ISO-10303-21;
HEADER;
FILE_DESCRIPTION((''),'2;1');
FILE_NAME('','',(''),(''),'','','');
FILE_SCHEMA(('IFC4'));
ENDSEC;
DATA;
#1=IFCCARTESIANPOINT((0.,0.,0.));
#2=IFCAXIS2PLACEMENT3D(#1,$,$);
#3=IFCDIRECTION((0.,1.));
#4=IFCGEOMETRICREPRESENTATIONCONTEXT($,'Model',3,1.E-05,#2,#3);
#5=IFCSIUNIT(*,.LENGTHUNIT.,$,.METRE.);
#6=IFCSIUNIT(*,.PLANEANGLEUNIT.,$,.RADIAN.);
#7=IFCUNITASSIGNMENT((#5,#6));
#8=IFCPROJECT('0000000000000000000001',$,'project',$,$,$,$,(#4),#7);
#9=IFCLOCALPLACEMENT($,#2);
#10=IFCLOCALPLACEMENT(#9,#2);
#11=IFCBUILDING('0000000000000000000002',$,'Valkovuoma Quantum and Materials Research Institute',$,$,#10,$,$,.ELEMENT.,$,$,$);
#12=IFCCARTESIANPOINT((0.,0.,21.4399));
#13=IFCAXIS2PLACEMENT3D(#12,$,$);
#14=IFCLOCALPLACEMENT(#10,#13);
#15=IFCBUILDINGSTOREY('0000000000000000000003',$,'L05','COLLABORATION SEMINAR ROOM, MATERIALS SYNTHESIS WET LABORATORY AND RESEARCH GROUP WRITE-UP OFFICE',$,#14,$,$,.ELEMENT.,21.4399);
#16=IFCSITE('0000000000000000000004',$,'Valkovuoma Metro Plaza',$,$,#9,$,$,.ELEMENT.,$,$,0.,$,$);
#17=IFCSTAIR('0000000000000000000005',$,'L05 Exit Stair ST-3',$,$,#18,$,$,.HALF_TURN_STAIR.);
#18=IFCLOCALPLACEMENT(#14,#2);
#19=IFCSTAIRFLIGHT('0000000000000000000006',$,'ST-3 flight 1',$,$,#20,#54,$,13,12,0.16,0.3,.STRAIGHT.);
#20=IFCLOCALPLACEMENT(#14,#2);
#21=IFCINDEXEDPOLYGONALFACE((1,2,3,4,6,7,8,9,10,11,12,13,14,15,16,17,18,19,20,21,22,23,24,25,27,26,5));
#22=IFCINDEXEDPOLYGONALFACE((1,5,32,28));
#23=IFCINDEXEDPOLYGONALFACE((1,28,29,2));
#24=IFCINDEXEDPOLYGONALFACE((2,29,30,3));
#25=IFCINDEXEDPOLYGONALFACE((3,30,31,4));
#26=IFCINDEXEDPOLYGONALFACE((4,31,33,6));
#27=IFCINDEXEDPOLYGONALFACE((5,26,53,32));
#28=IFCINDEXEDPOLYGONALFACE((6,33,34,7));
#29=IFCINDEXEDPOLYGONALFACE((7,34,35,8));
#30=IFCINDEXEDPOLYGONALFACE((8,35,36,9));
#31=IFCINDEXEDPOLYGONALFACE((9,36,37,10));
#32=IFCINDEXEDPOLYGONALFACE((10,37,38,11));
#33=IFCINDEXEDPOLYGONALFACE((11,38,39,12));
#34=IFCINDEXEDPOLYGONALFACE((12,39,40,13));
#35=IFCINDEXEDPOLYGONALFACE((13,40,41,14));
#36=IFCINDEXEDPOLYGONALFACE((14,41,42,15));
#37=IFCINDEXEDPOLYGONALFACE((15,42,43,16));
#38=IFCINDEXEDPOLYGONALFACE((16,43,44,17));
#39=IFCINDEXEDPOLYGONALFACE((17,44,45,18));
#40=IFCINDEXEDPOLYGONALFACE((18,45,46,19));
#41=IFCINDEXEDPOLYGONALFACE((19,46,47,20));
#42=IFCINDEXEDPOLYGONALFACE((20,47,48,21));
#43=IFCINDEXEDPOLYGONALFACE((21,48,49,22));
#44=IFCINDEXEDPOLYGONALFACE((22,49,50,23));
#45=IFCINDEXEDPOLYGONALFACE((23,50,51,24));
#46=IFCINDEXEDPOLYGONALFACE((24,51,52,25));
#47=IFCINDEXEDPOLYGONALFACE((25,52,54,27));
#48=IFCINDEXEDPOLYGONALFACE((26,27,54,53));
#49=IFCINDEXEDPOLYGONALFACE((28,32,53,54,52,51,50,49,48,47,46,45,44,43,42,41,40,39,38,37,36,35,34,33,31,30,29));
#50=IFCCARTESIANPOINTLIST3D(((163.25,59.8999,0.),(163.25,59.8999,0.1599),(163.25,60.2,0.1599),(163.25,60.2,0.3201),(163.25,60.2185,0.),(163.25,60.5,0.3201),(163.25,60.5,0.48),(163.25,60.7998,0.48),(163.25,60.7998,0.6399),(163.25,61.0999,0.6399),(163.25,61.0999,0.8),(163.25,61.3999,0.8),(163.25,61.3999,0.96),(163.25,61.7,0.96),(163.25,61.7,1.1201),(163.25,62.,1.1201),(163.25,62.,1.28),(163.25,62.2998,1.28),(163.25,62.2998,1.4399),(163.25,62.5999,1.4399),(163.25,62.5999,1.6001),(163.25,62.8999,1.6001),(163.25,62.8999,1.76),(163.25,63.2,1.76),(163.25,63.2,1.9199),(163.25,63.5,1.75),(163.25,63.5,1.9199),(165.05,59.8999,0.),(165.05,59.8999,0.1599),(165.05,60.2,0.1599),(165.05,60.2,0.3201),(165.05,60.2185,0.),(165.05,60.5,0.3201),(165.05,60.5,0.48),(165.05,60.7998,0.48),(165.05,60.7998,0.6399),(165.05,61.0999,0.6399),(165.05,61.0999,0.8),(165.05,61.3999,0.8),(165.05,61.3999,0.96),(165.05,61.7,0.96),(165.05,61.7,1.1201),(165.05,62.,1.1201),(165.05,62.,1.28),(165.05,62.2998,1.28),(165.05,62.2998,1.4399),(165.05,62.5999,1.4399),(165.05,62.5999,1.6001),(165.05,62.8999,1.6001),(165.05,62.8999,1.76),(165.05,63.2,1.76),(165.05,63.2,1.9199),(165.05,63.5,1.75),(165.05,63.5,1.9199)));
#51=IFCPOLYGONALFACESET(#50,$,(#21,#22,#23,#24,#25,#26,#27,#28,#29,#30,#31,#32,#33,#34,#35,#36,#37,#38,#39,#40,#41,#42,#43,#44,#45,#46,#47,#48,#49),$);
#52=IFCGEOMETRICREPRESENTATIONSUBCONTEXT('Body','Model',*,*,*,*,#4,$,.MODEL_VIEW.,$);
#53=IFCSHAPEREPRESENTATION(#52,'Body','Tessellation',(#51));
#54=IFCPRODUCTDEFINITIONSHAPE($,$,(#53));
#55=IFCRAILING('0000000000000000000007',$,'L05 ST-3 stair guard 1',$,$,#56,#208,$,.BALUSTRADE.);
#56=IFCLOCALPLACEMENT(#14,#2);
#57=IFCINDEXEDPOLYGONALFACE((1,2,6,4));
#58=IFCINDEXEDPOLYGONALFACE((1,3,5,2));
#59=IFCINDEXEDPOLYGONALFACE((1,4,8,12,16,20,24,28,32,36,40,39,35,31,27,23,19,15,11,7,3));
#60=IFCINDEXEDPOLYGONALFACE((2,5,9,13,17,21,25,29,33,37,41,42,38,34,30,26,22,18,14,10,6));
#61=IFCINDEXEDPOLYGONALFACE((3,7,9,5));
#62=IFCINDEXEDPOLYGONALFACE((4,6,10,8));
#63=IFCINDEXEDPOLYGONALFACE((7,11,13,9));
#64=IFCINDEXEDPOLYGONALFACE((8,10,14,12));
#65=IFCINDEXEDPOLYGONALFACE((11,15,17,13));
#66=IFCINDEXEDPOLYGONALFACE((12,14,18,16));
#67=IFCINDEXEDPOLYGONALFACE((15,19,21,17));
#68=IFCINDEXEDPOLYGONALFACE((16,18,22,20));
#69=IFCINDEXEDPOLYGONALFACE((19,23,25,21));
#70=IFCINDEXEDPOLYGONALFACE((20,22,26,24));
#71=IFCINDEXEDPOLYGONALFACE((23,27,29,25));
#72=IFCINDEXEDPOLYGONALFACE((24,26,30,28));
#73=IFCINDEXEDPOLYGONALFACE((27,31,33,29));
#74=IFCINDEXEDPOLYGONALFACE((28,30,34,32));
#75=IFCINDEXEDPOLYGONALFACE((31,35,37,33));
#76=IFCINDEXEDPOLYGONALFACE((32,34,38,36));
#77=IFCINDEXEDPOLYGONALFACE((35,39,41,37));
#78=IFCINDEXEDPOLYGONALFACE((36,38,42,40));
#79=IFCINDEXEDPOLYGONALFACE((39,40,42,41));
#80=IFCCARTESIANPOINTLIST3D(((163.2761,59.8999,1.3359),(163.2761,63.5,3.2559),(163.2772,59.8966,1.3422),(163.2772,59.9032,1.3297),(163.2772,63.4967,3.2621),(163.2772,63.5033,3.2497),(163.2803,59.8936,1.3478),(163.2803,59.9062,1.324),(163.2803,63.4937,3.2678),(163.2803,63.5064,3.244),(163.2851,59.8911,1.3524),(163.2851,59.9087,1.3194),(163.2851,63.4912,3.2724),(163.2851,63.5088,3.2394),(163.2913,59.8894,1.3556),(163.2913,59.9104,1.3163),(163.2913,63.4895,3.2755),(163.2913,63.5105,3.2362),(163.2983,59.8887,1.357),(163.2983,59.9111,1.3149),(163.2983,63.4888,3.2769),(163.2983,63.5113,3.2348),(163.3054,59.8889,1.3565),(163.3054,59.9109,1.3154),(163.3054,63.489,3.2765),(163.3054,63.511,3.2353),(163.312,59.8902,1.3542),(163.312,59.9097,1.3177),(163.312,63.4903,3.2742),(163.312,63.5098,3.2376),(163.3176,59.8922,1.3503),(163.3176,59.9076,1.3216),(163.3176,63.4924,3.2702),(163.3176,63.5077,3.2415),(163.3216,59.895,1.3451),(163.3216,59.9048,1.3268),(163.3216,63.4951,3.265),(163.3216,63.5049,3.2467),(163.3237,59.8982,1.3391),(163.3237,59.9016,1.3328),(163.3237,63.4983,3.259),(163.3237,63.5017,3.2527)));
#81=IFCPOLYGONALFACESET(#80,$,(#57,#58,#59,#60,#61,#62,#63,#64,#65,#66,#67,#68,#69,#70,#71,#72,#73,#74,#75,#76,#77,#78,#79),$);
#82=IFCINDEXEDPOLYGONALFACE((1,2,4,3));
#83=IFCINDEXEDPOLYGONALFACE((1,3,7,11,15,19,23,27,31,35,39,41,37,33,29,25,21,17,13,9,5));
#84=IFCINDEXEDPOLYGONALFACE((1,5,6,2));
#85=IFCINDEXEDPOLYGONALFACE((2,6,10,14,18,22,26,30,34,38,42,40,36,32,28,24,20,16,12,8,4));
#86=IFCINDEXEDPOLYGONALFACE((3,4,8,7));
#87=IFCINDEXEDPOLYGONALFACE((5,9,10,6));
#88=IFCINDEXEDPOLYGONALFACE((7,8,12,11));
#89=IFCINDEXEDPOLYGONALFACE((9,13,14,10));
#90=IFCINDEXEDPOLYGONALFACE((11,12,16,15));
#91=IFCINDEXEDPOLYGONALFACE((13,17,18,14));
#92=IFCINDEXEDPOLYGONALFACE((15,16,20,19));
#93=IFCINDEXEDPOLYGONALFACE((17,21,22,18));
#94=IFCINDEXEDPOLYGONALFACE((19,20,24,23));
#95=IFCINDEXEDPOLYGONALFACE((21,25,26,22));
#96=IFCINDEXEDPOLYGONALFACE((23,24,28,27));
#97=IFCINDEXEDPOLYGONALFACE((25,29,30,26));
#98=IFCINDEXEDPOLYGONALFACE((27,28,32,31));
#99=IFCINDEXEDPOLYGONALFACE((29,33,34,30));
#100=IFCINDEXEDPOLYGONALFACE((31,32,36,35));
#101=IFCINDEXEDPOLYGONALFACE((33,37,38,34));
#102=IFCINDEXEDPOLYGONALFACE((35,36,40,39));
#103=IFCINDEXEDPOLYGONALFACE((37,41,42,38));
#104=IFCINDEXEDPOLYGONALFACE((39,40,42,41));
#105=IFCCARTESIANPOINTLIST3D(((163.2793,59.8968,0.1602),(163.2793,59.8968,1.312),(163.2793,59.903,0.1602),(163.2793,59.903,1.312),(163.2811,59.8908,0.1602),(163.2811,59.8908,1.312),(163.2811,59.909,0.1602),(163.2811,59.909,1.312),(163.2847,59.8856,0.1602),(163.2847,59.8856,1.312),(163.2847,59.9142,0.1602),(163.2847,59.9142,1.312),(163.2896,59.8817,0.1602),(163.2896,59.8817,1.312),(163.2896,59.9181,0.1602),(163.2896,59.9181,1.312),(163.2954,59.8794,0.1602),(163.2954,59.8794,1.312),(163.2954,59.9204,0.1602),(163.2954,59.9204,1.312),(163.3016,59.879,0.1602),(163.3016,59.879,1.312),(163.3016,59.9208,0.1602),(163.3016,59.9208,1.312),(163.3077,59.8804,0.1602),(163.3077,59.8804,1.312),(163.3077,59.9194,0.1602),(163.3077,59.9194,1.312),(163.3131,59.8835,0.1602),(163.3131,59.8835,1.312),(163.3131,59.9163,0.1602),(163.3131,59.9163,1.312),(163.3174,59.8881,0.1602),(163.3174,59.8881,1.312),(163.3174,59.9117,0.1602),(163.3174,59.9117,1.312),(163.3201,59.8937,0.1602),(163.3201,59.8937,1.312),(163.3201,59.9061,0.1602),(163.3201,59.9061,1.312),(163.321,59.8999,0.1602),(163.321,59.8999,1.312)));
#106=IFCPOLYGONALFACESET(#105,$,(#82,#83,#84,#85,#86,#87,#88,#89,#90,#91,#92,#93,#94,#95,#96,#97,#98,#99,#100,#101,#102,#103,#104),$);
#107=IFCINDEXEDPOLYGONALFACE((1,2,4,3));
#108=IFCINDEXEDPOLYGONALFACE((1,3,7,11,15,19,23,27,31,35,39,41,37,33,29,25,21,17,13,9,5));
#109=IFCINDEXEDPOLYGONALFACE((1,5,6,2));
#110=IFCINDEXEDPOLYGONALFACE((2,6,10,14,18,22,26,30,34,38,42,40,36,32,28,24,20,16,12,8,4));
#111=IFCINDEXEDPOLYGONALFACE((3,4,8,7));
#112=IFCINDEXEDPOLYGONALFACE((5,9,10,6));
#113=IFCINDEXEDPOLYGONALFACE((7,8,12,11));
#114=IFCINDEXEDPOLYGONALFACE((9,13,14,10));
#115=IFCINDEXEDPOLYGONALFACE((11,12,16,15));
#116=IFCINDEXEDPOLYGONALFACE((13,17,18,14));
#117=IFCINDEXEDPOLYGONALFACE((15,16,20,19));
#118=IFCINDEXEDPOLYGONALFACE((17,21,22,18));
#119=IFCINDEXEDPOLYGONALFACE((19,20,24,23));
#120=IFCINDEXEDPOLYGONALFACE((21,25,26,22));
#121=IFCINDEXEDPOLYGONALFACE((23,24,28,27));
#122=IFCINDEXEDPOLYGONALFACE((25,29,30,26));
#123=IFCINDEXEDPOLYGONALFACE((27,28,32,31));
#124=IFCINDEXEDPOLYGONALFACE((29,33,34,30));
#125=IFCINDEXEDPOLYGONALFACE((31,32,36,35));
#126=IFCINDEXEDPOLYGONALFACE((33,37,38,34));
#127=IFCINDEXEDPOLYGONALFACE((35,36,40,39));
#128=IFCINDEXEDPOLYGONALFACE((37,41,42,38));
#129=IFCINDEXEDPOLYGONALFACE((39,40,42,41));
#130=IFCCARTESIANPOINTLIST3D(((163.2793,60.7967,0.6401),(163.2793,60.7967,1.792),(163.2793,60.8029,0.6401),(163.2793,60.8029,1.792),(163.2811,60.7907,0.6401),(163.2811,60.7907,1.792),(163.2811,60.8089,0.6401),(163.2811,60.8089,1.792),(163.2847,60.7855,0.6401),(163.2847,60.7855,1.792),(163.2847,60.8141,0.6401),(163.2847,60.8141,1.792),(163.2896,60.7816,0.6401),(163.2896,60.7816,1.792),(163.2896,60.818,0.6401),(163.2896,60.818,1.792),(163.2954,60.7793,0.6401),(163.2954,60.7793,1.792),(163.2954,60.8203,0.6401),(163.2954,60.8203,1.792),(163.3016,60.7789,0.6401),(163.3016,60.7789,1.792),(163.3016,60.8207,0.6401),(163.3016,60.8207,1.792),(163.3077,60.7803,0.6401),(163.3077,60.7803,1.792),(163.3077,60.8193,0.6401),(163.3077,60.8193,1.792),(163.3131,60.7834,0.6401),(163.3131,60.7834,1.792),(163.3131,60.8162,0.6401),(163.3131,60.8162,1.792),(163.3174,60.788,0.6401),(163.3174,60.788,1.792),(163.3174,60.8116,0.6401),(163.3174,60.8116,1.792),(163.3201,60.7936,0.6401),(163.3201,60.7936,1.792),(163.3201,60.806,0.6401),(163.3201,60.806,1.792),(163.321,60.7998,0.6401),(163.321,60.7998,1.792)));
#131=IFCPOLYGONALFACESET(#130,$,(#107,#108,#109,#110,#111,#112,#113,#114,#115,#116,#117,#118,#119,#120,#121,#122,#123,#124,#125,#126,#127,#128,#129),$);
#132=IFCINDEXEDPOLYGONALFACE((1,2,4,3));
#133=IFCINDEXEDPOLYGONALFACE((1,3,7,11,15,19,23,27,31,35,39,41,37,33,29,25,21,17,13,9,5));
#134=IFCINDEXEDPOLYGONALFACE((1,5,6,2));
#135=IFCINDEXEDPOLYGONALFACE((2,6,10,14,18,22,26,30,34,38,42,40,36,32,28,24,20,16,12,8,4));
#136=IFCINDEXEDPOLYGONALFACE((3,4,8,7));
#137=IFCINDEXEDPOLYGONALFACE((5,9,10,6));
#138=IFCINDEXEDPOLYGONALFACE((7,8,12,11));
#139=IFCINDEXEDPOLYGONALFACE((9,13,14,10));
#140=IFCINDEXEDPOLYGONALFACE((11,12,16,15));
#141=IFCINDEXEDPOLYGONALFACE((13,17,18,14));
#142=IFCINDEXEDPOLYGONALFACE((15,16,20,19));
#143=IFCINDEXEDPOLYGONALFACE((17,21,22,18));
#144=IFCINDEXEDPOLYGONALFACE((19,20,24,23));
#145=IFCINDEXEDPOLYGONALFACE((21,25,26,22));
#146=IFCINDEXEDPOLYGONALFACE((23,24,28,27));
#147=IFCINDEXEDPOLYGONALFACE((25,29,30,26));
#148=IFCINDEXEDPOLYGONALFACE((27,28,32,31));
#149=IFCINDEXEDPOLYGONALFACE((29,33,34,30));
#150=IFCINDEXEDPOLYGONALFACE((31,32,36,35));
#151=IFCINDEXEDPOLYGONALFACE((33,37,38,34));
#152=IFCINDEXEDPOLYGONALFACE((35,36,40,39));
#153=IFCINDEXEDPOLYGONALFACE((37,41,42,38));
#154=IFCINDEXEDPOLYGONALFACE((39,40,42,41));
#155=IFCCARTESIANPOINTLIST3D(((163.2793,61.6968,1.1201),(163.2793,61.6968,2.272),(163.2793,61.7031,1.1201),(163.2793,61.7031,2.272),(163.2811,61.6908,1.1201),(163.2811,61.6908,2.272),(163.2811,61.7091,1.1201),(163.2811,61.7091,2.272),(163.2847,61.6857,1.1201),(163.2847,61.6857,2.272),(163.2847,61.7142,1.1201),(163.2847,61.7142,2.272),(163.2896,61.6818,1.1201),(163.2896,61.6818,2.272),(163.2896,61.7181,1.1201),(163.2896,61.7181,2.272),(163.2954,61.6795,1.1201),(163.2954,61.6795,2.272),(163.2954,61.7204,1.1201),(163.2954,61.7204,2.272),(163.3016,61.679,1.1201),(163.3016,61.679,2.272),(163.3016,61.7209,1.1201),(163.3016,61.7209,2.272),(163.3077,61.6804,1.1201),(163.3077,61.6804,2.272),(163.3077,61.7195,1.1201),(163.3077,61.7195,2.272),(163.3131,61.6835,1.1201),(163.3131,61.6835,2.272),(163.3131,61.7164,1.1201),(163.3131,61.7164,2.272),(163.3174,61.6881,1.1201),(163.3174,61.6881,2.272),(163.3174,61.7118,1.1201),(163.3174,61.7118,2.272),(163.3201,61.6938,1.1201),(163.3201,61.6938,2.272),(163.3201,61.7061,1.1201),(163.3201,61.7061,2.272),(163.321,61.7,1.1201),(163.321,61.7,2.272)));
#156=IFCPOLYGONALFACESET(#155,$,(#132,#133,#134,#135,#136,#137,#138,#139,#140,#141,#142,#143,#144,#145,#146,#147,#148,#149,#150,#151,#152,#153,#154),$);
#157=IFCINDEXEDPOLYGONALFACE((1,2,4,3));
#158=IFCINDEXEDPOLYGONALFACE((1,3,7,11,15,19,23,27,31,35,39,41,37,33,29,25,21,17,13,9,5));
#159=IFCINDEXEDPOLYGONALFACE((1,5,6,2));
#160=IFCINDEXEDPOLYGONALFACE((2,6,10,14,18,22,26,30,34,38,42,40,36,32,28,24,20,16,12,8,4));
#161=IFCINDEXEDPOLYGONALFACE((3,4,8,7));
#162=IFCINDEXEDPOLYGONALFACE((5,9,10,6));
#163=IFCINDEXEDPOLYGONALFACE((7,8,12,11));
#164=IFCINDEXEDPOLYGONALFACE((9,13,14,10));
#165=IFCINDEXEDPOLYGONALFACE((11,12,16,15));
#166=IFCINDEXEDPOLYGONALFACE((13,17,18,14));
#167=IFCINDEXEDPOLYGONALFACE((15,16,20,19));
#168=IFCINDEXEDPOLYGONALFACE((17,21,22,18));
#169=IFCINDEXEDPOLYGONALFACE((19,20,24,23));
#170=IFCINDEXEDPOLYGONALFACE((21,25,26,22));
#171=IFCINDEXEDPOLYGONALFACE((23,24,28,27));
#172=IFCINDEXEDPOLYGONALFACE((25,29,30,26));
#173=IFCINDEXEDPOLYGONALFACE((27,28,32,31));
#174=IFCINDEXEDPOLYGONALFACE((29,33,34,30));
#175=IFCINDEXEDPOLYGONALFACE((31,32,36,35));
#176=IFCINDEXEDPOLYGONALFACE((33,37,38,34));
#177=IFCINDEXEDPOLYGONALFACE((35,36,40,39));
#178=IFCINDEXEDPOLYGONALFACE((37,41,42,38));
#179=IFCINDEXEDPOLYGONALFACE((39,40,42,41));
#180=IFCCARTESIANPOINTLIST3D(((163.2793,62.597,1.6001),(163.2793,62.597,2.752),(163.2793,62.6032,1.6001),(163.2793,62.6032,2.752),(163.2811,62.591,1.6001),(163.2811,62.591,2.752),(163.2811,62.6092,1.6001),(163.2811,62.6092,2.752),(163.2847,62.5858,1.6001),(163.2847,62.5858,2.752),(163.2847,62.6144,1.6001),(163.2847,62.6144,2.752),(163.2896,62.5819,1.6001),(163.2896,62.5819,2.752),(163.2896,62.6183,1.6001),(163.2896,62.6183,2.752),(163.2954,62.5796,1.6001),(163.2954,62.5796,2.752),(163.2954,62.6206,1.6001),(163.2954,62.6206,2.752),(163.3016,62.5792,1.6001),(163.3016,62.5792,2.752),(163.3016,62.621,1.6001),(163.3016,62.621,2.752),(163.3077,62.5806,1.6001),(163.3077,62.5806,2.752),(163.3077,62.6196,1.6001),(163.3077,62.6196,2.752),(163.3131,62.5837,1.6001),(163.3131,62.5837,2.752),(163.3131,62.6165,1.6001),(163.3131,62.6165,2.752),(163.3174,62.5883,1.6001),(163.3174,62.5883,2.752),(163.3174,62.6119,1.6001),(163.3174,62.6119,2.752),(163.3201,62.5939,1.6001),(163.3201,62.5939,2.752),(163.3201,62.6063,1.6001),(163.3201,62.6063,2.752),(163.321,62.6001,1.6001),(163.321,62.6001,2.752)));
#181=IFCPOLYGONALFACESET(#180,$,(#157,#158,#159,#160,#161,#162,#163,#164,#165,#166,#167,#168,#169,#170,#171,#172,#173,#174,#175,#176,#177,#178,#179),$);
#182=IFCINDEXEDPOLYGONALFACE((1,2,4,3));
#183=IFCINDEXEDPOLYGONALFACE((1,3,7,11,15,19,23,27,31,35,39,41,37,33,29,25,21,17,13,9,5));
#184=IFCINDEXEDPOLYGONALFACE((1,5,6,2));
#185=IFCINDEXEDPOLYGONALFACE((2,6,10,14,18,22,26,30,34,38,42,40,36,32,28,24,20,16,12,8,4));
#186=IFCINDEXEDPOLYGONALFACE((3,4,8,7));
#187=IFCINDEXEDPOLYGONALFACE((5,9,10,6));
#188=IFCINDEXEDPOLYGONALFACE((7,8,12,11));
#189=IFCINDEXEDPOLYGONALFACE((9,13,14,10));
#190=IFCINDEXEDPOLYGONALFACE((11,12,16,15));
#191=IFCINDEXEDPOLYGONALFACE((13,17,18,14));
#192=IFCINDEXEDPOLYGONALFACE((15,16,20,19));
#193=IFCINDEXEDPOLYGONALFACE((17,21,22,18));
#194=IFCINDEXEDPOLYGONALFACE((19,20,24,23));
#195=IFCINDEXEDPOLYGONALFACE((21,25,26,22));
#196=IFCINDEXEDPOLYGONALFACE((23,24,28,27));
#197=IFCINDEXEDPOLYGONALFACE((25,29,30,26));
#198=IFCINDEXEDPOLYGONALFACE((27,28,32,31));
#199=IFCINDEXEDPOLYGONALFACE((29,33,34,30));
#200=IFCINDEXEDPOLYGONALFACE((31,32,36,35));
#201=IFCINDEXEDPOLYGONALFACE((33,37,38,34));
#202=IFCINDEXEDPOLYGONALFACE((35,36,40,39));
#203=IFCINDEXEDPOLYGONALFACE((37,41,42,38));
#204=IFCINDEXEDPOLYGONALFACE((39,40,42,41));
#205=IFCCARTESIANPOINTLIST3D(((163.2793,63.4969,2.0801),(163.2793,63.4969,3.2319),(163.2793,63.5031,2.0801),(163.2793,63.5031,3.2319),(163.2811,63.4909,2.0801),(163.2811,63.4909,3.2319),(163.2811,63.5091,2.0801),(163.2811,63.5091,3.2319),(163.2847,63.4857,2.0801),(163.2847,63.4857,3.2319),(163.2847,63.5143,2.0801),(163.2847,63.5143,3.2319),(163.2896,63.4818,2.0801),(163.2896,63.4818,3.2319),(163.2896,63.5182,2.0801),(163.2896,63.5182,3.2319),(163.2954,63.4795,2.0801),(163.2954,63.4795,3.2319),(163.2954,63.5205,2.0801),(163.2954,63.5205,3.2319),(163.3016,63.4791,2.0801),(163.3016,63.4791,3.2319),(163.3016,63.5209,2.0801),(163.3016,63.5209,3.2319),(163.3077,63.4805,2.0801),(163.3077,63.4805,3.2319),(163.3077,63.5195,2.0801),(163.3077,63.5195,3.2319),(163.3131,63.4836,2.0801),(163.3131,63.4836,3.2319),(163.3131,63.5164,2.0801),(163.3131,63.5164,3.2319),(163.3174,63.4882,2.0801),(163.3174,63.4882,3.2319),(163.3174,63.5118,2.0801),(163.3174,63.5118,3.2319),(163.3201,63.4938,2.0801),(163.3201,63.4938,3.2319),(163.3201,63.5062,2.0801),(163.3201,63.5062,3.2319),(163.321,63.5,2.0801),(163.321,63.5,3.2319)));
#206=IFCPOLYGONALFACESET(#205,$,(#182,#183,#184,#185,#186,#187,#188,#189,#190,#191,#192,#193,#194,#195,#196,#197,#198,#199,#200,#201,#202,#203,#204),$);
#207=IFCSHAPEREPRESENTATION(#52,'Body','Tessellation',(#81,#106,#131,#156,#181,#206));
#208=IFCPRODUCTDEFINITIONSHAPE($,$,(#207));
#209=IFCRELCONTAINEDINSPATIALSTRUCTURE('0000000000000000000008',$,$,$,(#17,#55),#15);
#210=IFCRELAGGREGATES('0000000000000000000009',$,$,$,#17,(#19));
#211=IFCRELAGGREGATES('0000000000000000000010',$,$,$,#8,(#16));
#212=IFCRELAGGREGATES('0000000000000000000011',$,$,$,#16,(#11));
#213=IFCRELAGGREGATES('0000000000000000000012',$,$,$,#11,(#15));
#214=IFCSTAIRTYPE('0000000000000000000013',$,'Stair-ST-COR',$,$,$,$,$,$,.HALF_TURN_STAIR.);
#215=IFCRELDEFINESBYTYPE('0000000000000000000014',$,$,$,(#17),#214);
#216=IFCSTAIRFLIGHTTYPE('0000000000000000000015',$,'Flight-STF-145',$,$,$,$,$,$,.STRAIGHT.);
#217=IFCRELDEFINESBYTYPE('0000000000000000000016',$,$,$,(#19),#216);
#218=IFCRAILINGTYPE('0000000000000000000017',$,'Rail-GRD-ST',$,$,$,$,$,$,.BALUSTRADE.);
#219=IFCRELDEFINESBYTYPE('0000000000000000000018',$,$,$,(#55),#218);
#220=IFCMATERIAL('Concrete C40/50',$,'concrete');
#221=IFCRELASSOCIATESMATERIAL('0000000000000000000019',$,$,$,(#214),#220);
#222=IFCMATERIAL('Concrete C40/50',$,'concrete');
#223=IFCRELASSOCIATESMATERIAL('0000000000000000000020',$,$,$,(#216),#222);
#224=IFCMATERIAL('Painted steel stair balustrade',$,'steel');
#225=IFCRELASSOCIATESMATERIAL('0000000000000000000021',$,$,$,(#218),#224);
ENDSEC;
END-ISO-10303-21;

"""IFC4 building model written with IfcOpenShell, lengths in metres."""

from ifc_helpers import new_model, si_unit, direction, frame, origin, origin_2d, place, context, subcontext, project, spatial, polyline, circle, outline, extrude, material, type_object, element, aggregate, save


model = new_model("IFC4")

# Units and contexts
model_context = context("Model", 3, precision=1e-05, world=origin(), true_north=direction((0.0, 1.0)))
body_context = subcontext(model_context, "Body", "Model", "MODEL_VIEW")
ifc_project = project(units=[si_unit("LENGTHUNIT", "METRE"), si_unit("PLANEANGLEUNIT", "RADIAN")], contexts=[model_context])

# Site, building, storey
site_placement = place(None, origin())
site = spatial("IfcSite", under=ifc_project, at=site_placement, Name="Valkovuoma Metro Plaza", CompositionType="ELEMENT", RefElevation=0.0)
building_placement = place(site_placement, origin())
building = spatial("IfcBuilding", under=site, at=building_placement, Name="Valkovuoma Quantum and Materials Research Institute", CompositionType="ELEMENT")
storey_placement = place(building_placement, frame((0.0, 0.0, 21.4399)))
storey = spatial("IfcBuildingStorey", under=building, at=storey_placement, Name="L05", Description="COLLABORATION SEMINAR ROOM, MATERIALS SYNTHESIS WET LABORATORY AND RESEARCH GROUP WRITE-UP OFFICE", CompositionType="ELEMENT", Elevation=21.4399)

# Stair, stair flight
ifc_material_1 = material(Name="Concrete C40/50", Category="concrete")
stair_type = type_object("IfcStairType", Name="Stair-ST-COR", PredefinedType="HALF_TURN_STAIR", material=ifc_material_1)
stair_placement = place(storey_placement, origin())
stair = element("IfcStair", 1, at=stair_placement, inside=storey, type_object=stair_type, Name="L05 Exit Stair ST-3", PredefinedType="HALF_TURN_STAIR")
ifc_material_2 = material(Name="Concrete C40/50", Category="concrete")
stair_flight_type = type_object("IfcStairFlightType", Name="Flight-STF-145", PredefinedType="STRAIGHT", material=ifc_material_2)
stair_flight_placement = place(storey_placement, frame((164.1499, 59.8999, 0.0), z_axis=(0.0, 0.0, 1.0), x_axis=(0.0, 1.0, 0.0)))
stair_flight = element("IfcStairFlight", 2, at=stair_flight_placement, type_object=stair_flight_type, Name="ST-3 flight 1", NumberOfRisers=13, NumberOfTreads=12, PredefinedType="STRAIGHT", RiserHeight=0.16, TreadLength=0.3, context=body_context, shape_type="SweptSolid", body=[
    extrude(outline(polyline([(0.0, 0.0), (0.0, 0.1599), (0.3, 0.1599), (0.3, 0.3201), (0.6001, 0.3201), (0.6001, 0.48), (0.8999, 0.48), (0.8999, 0.6399), (1.2, 0.6399), (1.2, 0.8), (1.5, 0.8), (1.5, 0.96), (1.8, 0.96), (1.8, 1.1201), (2.1001, 1.1201), (2.1001, 1.28), (2.3999, 1.28), (2.3999, 1.4399), (2.7, 1.4399), (2.7, 1.6001), (3.0, 1.6001), (3.0, 1.76), (3.3, 1.76), (3.3, 1.9199), (3.6001, 1.9199), (3.6001, 2.0801), (3.6001, 1.75), (0.3186, 0.0), (0.0, 0.0)])), frame((0.0, 0.8999, 0.0), z_axis=(0.0, -1.0, 0.0), x_axis=(1.0, 0.0, 0.0)), (0.0, 0.0, 1.0), 1.8),
])
aggregate(stair, [stair_flight])

# Railing
ifc_material_3 = material(Name="Painted steel stair balustrade", Category="steel")
railing_type_1 = type_object("IfcRailingType", Name="Rail-GRD-ST", PredefinedType="BALUSTRADE", material=ifc_material_3)
railing_1_placement = place(storey_placement, frame((163.3, 59.8999, 0.1602)))
element("IfcRailing", 3, at=railing_1_placement, inside=storey, type_object=railing_type_1, Name="L05 ST-3 stair guard 1", PredefinedType="BALUSTRADE", context=body_context, shape_type="SweptSolid", body=[
    extrude(circle(Radius=0.0239, at=origin_2d()), frame((0.0, 0.0, 1.1758), z_axis=(0.0, 0.882366, 0.470563), x_axis=(-1.0, 0.0, 0.0)), (0.0, 0.0, 1.0), 4.0801),
    extrude(circle(Radius=0.021, at=origin_2d()), origin(), (0.0, 0.0, 1.0), 1.1519),
    extrude(circle(Radius=0.021, at=origin_2d()), frame((0.0, 0.8999, 0.48)), (0.0, 0.0, 1.0), 1.1519),
    extrude(circle(Radius=0.021, at=origin_2d()), frame((0.0, 1.8, 0.96)), (0.0, 0.0, 1.0), 1.1519),
    extrude(circle(Radius=0.021, at=origin_2d()), frame((0.0, 2.7002, 1.4399)), (0.0, 0.0, 1.0), 1.1519),
    extrude(circle(Radius=0.021, at=origin_2d()), frame((0.0, 3.6001, 1.9199)), (0.0, 0.0, 1.0), 1.1519),
])

save(model, "model.ifc")
